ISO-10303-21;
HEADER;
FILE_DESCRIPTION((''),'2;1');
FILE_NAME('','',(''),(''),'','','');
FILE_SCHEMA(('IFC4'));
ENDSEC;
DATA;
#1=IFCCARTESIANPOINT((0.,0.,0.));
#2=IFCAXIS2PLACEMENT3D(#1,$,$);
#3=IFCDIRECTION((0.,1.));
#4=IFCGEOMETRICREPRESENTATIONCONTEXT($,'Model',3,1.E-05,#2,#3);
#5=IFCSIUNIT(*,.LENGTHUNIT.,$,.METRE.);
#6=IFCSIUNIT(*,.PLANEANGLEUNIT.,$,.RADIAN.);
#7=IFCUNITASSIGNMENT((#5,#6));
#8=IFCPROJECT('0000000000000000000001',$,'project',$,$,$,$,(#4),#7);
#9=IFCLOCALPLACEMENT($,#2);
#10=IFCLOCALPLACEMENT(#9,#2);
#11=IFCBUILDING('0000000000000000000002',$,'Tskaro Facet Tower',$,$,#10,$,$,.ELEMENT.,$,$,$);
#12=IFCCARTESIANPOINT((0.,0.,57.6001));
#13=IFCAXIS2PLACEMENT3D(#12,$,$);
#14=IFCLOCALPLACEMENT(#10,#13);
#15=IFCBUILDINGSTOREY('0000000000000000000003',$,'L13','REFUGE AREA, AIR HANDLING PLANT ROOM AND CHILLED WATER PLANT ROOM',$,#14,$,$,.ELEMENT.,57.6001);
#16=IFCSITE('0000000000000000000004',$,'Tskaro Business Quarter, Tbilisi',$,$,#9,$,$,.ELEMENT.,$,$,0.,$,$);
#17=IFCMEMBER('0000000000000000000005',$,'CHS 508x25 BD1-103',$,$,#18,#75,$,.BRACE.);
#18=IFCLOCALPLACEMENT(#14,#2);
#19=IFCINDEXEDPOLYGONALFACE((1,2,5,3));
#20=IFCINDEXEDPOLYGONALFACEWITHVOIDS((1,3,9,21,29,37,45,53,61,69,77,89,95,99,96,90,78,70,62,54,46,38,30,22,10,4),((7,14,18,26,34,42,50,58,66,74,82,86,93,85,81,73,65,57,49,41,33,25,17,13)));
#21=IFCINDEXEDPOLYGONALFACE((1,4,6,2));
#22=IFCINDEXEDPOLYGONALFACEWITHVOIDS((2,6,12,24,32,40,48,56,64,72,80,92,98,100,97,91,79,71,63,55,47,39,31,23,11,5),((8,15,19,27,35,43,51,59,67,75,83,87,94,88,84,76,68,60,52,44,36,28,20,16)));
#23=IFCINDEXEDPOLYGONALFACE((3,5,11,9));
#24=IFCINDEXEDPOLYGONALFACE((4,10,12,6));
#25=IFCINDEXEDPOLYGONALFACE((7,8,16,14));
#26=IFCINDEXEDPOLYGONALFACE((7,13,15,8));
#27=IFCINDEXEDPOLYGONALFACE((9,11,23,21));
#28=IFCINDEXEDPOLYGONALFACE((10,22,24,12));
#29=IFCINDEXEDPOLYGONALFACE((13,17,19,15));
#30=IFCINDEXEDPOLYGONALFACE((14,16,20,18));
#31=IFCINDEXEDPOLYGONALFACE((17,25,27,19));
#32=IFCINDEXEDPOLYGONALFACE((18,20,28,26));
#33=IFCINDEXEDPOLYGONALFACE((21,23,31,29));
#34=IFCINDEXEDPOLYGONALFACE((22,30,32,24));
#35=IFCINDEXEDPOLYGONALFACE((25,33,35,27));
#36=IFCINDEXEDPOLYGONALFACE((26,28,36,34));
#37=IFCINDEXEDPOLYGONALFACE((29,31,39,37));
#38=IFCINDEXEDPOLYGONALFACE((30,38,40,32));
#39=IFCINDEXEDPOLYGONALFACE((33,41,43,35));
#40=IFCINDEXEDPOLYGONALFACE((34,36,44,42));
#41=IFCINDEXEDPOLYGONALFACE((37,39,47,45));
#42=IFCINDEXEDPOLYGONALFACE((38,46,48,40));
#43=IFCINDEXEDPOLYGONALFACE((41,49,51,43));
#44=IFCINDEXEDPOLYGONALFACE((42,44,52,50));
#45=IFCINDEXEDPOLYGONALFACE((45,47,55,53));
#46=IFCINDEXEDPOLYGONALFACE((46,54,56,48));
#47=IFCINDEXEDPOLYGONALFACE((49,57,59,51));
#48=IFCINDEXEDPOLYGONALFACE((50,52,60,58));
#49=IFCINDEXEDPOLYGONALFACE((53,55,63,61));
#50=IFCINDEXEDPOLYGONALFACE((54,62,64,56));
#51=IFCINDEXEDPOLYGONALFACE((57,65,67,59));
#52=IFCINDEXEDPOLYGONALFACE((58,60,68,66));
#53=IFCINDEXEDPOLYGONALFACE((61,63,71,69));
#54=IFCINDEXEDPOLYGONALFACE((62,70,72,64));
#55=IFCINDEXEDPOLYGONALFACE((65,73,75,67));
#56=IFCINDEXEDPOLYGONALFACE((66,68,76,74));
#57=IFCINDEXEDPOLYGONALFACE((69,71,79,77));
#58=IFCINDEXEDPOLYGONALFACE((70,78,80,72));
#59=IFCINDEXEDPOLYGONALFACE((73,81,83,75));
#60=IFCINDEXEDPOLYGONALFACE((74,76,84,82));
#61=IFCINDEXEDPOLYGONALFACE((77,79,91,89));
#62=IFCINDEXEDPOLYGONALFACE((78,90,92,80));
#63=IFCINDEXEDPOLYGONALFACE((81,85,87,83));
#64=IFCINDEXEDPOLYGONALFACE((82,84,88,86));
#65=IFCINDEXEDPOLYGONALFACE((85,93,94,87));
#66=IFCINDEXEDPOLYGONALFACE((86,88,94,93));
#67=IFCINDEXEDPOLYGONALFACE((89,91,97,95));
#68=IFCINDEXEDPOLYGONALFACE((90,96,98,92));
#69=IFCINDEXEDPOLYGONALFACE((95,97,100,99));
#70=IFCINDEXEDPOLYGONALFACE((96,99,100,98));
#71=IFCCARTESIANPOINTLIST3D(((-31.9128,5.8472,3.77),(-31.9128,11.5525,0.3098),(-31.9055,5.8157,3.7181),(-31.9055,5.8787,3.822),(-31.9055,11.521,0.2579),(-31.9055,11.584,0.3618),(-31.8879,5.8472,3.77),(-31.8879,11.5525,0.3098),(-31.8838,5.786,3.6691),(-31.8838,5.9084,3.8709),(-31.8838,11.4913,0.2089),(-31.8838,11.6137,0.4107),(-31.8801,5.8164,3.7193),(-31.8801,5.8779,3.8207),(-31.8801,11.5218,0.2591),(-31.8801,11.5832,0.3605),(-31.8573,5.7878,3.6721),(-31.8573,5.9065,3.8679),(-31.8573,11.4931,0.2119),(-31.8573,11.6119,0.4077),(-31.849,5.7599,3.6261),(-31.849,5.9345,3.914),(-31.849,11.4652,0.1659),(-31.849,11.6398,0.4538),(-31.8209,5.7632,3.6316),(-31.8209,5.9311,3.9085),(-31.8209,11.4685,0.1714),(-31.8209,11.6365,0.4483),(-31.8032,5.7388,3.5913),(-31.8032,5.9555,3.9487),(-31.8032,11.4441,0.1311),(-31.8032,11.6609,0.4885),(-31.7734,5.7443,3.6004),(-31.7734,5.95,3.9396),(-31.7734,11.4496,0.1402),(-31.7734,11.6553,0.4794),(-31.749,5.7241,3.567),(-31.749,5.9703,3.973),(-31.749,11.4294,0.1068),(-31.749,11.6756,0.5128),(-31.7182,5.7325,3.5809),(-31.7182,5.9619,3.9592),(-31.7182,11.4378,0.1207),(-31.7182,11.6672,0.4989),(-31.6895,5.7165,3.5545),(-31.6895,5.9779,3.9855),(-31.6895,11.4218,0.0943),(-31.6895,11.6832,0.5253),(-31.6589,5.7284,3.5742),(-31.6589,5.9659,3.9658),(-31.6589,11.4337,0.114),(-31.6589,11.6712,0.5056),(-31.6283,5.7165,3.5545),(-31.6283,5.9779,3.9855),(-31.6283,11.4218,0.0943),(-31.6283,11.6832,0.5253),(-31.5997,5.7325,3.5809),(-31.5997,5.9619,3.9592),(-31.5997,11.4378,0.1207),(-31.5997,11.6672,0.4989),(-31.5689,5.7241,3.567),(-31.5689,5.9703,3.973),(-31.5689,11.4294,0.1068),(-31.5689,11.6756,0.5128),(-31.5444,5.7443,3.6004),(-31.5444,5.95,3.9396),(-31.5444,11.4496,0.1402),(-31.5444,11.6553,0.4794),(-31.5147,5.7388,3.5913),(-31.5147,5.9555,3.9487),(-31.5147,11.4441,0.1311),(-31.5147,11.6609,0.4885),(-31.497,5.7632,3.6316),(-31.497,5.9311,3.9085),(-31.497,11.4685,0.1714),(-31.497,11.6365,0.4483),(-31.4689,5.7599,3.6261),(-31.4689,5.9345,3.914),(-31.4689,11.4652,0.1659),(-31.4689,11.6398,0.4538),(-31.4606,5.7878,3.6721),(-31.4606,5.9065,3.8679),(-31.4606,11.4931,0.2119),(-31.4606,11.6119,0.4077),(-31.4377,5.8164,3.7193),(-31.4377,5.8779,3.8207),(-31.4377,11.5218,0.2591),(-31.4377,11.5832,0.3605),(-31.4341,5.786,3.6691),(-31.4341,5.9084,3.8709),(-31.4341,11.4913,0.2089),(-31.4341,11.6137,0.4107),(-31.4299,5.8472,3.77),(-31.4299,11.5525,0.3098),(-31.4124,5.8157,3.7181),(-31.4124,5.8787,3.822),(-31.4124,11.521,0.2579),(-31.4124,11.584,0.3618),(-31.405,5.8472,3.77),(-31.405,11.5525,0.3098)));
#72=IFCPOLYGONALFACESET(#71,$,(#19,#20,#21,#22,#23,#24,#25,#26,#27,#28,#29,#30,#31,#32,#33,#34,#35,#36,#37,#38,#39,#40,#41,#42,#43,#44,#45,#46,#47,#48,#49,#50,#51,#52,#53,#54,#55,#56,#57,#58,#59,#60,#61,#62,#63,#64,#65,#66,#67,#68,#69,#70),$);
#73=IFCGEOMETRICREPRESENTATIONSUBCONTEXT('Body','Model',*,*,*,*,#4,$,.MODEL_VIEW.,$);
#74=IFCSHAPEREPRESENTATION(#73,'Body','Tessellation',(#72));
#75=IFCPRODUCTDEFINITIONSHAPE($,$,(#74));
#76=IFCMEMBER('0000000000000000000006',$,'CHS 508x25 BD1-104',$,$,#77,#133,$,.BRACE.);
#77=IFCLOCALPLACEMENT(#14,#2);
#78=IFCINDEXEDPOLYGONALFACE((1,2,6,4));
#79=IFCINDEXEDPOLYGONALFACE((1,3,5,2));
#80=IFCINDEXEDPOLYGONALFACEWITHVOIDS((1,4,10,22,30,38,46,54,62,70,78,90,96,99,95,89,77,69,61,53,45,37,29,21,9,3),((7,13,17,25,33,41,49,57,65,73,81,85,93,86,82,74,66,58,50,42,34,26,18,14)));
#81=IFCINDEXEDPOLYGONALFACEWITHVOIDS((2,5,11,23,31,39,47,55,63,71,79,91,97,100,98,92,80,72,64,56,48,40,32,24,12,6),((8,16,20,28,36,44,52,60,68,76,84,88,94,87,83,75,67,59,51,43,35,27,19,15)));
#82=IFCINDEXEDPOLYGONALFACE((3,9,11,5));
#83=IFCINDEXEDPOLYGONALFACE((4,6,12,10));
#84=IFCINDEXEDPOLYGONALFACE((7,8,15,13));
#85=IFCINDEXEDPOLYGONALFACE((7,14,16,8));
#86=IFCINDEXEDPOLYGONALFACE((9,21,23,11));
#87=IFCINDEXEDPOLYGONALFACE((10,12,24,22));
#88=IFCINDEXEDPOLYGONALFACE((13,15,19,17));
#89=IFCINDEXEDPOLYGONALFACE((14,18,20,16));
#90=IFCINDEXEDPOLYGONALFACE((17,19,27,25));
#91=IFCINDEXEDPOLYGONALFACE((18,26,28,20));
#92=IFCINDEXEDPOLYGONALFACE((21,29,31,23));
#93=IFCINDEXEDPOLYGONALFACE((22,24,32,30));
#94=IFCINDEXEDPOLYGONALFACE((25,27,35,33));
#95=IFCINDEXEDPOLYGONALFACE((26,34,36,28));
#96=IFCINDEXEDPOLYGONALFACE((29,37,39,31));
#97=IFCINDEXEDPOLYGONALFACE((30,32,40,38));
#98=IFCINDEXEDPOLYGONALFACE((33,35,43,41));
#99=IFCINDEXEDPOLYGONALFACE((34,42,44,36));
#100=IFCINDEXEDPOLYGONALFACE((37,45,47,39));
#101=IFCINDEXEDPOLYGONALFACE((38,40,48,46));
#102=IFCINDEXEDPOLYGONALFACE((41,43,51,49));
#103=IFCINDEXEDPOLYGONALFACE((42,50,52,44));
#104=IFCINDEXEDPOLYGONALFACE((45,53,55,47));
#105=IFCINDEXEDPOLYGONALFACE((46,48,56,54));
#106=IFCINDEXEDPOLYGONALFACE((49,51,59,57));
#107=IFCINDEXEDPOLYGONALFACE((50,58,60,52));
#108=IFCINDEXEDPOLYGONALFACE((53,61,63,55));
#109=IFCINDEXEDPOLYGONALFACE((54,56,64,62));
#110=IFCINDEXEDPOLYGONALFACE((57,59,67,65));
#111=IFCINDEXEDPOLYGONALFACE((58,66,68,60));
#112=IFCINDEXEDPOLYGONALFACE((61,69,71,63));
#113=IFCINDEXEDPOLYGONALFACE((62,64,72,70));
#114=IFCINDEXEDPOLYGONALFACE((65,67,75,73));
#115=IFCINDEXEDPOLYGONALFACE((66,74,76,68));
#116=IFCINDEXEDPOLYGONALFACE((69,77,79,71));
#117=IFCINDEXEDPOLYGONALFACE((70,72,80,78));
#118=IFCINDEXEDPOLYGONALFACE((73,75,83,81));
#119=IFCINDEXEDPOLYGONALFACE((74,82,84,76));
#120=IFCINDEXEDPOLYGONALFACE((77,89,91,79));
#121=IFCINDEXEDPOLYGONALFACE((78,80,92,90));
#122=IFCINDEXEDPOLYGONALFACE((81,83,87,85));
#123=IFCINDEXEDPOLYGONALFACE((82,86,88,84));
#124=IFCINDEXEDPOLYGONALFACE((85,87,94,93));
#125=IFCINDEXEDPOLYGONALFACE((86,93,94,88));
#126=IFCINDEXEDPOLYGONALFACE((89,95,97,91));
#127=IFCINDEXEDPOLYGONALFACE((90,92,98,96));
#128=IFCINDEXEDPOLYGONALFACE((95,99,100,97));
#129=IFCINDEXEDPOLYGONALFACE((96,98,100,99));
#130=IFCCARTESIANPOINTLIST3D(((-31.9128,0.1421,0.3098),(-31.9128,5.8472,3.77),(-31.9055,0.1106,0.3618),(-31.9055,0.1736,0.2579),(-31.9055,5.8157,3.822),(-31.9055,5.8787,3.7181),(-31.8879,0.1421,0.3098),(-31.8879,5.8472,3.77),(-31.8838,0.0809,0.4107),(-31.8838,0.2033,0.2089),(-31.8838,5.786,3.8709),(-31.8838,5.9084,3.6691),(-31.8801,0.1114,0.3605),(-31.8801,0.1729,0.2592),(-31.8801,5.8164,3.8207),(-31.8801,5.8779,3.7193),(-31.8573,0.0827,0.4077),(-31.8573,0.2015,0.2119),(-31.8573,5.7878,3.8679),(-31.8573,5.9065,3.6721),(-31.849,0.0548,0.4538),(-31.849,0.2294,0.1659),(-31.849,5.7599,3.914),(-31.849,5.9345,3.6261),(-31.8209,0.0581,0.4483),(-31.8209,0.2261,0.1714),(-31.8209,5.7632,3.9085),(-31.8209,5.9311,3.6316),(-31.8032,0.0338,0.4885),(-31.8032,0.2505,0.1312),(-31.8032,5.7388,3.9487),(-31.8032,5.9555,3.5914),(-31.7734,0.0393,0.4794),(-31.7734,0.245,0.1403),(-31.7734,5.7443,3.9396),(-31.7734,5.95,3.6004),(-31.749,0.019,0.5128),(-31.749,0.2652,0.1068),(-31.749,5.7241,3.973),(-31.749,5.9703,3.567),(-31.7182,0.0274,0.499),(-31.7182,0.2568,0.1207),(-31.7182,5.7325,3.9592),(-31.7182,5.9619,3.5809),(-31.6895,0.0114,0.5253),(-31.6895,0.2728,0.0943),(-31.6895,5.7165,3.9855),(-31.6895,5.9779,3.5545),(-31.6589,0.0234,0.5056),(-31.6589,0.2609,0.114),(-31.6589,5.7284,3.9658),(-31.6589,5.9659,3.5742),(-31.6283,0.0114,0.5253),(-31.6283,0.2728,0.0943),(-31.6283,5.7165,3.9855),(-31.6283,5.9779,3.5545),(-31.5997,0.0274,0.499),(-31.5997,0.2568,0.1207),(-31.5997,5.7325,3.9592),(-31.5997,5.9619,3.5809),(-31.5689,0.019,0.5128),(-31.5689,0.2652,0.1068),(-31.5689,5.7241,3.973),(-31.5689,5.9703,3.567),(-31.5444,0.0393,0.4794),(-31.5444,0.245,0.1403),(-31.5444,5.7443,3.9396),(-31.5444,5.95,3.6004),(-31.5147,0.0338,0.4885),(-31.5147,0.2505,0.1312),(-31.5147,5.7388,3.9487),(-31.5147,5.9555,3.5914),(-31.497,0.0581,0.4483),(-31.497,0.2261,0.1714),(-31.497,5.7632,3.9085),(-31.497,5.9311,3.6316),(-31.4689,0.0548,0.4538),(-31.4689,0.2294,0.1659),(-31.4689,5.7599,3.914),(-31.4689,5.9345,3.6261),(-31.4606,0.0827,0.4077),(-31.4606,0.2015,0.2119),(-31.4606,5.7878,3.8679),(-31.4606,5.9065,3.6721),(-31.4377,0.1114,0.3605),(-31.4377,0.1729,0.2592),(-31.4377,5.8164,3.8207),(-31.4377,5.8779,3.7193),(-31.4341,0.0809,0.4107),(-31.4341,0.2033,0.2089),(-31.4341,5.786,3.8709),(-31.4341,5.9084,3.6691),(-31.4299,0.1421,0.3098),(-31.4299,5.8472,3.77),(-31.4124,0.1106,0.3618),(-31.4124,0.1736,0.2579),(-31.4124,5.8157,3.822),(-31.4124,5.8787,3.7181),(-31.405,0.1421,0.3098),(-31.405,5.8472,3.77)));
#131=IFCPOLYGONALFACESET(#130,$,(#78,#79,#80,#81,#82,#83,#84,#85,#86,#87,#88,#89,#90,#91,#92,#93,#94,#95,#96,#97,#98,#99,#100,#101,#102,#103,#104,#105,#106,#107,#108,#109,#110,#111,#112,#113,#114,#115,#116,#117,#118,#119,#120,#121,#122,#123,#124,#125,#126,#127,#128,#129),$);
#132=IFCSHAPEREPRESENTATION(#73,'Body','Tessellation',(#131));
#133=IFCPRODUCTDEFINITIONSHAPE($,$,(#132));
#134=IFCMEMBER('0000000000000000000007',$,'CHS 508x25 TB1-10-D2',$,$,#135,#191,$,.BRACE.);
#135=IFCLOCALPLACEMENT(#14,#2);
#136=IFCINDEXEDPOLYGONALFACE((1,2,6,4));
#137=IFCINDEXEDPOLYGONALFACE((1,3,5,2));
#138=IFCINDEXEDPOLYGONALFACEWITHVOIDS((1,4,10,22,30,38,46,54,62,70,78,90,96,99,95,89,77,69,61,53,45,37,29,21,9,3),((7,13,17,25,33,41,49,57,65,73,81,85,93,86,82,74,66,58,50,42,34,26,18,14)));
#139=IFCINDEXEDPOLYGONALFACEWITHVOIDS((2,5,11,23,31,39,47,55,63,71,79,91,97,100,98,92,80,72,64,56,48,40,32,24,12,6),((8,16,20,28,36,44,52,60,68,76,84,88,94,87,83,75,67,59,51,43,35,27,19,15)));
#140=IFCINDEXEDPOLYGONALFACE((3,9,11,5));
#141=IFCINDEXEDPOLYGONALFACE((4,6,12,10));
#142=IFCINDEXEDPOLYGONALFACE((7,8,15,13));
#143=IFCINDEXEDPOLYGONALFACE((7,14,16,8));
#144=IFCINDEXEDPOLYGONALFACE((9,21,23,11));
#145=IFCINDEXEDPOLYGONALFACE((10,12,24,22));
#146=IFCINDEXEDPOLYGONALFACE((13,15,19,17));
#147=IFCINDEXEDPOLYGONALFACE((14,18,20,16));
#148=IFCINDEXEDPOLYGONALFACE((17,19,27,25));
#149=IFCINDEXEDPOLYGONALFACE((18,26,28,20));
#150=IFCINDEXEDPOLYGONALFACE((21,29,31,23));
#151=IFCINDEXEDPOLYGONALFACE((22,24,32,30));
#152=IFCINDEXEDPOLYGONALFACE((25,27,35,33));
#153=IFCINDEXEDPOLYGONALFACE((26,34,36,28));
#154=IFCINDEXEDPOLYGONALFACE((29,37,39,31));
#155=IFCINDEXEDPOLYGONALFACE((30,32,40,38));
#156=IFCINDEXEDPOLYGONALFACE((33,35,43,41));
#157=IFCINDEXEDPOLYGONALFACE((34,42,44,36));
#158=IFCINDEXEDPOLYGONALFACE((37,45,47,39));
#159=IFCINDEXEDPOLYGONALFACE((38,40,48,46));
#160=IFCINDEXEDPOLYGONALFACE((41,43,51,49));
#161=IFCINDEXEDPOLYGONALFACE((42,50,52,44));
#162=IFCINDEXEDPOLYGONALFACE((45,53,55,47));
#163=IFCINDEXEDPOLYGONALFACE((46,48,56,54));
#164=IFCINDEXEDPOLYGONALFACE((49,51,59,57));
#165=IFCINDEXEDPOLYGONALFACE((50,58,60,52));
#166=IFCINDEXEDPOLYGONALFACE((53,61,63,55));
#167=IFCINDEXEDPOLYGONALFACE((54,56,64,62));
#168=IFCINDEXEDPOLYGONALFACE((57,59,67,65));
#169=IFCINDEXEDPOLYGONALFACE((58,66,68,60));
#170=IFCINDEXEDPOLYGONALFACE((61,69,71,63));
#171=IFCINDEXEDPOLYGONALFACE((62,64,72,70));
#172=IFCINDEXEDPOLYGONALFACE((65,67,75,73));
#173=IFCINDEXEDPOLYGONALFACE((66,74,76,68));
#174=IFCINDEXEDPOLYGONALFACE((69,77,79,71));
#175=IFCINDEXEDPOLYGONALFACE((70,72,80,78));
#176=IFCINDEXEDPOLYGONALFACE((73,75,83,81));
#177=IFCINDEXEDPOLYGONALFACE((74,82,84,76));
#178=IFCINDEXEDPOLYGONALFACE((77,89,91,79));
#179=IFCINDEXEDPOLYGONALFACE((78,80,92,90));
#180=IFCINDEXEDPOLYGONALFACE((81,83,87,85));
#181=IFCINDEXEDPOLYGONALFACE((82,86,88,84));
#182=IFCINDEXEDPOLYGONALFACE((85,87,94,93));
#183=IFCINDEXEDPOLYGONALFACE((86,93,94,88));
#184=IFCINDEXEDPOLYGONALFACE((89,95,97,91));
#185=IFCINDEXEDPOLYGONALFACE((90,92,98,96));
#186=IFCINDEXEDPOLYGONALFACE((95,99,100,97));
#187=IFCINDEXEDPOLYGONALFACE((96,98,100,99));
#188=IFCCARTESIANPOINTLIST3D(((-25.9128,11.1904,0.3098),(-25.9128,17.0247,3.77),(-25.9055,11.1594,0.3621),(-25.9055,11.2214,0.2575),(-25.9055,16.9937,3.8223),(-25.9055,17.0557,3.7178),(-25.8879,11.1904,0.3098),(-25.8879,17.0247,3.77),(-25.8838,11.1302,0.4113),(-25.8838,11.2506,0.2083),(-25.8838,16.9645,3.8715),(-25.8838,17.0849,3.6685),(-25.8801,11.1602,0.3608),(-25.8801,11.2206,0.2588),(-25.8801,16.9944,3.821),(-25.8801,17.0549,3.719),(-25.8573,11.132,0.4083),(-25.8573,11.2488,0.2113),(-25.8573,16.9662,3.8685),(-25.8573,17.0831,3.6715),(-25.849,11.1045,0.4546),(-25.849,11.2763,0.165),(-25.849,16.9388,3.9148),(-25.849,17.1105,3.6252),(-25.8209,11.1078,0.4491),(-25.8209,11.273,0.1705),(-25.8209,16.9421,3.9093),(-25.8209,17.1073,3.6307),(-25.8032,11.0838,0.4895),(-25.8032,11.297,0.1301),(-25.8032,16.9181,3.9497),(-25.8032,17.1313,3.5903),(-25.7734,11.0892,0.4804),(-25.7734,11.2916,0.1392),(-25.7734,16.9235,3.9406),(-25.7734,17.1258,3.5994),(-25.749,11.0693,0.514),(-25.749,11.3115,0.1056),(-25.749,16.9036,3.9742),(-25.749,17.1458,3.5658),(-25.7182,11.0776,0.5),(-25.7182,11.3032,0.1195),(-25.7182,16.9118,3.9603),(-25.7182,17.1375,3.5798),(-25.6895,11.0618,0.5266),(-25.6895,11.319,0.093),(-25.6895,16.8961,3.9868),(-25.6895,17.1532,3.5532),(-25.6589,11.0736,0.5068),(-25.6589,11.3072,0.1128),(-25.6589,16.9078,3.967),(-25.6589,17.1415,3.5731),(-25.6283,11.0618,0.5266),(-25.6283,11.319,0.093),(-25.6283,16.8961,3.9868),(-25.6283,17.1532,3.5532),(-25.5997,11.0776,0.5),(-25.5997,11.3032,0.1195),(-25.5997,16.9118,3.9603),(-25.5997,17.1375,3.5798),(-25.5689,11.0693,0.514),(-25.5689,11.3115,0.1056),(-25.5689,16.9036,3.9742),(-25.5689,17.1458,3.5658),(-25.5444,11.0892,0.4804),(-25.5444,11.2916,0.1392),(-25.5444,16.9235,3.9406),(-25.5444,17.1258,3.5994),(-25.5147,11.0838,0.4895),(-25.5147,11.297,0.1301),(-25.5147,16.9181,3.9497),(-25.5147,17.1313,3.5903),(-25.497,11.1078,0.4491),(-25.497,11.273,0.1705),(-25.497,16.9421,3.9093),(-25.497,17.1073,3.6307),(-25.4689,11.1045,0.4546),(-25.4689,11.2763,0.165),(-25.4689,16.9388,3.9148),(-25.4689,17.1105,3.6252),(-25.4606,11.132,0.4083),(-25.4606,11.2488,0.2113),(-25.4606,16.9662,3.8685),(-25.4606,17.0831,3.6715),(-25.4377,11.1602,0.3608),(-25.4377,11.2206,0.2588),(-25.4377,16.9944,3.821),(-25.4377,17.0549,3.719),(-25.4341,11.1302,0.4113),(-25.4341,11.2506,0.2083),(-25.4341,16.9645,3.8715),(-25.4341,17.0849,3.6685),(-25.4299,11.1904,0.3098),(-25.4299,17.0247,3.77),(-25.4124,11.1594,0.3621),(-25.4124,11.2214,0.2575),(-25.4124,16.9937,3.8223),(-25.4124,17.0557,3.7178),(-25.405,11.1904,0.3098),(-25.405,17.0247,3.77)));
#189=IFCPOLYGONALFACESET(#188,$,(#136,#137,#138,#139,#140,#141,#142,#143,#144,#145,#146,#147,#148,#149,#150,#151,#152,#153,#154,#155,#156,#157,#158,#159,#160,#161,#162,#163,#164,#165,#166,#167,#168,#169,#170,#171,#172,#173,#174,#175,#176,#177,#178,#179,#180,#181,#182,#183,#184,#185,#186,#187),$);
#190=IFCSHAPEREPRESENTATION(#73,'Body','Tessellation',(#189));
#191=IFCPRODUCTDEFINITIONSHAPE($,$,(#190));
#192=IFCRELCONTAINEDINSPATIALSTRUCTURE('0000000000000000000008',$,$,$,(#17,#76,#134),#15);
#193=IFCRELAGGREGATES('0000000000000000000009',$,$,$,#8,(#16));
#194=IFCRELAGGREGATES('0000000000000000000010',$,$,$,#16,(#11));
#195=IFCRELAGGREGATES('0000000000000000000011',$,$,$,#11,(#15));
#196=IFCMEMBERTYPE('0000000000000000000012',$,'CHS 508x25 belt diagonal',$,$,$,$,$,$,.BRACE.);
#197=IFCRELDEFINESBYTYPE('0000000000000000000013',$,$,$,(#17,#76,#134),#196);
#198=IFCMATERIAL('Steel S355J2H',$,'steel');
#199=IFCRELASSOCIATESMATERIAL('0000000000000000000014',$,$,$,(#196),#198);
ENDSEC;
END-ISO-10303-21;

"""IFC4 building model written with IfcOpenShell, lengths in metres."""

from ifc_helpers import new_model, si_unit, direction, frame, origin, origin_2d, place, context, subcontext, project, spatial, hollow_circle, extrude, material, material_profile, profile_set, type_object, element, save


model = new_model("IFC4")

# Units and contexts
model_context = context("Model", 3, precision=1e-05, world=origin(), true_north=direction((0.0, 1.0)))
body_context = subcontext(model_context, "Body", "Model", "MODEL_VIEW")
ifc_project = project(units=[si_unit("LENGTHUNIT", "METRE"), si_unit("PLANEANGLEUNIT", "RADIAN")], contexts=[model_context])

# Site, building, storey
site_placement = place(None, origin())
site = spatial("IfcSite", under=ifc_project, at=site_placement, Name="Tskaro Business Quarter, Tbilisi", CompositionType="ELEMENT", RefElevation=0.0)
building_placement = place(site_placement, origin())
building = spatial("IfcBuilding", under=site, at=building_placement, Name="Tskaro Facet Tower", CompositionType="ELEMENT")
storey_placement = place(building_placement, frame((0.0, 0.0, 57.6001)))
storey = spatial("IfcBuildingStorey", under=building, at=storey_placement, Name="L13", Description="REFUGE AREA, AIR HANDLING PLANT ROOM AND CHILLED WATER PLANT ROOM", CompositionType="ELEMENT", Elevation=57.6001)

# Shared definitions
ifc_material_1 = material(Name="Steel S355J2H", Category="steel")

# Members
ifc_material_profile_1 = material_profile(ifc_material_1, hollow_circle(Radius=0.2539, WallThickness=0.0249, at=origin_2d()), Name="CHS 508x25")
ifc_profile_set_1 = profile_set([ifc_material_profile_1], Name="Steel S355J2H")
member_type_1 = type_object("IfcMemberType", Name="CHS 508x25 belt diagonal", PredefinedType="BRACE", material=ifc_profile_set_1)
member_1_placement = place(storey_placement, frame((-31.6589, 11.5525, 0.3098), z_axis=(0.0, -0.855036, 0.518568), x_axis=(1.0, 0.0, 0.0)))
element("IfcMember", 1, at=member_1_placement, inside=storey, type_object=member_type_1, Name="CHS 508x25 BD1-103", PredefinedType="BRACE", context=body_context, shape_type="SweptSolid", body=[
    extrude(hollow_circle(Radius=0.2539, WallThickness=0.0249, at=origin_2d()), origin(), (0.0, 0.0, 1.0), 6.6726),
])
member_2_placement = place(storey_placement, frame((-31.6589, 5.8472, 3.77), z_axis=(0.0, -0.855026, -0.518585), x_axis=(1.0, 0.0, 0.0)))
element("IfcMember", 2, at=member_2_placement, inside=storey, type_object=member_type_1, Name="CHS 508x25 BD1-104", PredefinedType="BRACE", context=body_context, shape_type="SweptSolid", body=[
    extrude(hollow_circle(Radius=0.2539, WallThickness=0.0249, at=origin_2d()), origin(), (0.0, 0.0, 1.0), 6.6724),
])
for number, where, z_axis, x_axis, name in (
    (3, (-25.6589, 17.0247, 3.77), (0.0, -0.860105, -0.510117), (1.0, 0.0, 0.0), "CHS 508x25 TB1-10-D2"),
):
    element("IfcMember", number, at=place(storey_placement, frame(where, z_axis=z_axis, x_axis=x_axis)), inside=storey, type_object=member_type_1, Name=name, PredefinedType="BRACE", context=body_context, shape_type="SweptSolid", body=[
        extrude(hollow_circle(Radius=0.2539, WallThickness=0.0249, at=origin_2d()), origin(), (0.0, 0.0, 1.0), 6.7832),
    ])

save(model, "model.ifc")
